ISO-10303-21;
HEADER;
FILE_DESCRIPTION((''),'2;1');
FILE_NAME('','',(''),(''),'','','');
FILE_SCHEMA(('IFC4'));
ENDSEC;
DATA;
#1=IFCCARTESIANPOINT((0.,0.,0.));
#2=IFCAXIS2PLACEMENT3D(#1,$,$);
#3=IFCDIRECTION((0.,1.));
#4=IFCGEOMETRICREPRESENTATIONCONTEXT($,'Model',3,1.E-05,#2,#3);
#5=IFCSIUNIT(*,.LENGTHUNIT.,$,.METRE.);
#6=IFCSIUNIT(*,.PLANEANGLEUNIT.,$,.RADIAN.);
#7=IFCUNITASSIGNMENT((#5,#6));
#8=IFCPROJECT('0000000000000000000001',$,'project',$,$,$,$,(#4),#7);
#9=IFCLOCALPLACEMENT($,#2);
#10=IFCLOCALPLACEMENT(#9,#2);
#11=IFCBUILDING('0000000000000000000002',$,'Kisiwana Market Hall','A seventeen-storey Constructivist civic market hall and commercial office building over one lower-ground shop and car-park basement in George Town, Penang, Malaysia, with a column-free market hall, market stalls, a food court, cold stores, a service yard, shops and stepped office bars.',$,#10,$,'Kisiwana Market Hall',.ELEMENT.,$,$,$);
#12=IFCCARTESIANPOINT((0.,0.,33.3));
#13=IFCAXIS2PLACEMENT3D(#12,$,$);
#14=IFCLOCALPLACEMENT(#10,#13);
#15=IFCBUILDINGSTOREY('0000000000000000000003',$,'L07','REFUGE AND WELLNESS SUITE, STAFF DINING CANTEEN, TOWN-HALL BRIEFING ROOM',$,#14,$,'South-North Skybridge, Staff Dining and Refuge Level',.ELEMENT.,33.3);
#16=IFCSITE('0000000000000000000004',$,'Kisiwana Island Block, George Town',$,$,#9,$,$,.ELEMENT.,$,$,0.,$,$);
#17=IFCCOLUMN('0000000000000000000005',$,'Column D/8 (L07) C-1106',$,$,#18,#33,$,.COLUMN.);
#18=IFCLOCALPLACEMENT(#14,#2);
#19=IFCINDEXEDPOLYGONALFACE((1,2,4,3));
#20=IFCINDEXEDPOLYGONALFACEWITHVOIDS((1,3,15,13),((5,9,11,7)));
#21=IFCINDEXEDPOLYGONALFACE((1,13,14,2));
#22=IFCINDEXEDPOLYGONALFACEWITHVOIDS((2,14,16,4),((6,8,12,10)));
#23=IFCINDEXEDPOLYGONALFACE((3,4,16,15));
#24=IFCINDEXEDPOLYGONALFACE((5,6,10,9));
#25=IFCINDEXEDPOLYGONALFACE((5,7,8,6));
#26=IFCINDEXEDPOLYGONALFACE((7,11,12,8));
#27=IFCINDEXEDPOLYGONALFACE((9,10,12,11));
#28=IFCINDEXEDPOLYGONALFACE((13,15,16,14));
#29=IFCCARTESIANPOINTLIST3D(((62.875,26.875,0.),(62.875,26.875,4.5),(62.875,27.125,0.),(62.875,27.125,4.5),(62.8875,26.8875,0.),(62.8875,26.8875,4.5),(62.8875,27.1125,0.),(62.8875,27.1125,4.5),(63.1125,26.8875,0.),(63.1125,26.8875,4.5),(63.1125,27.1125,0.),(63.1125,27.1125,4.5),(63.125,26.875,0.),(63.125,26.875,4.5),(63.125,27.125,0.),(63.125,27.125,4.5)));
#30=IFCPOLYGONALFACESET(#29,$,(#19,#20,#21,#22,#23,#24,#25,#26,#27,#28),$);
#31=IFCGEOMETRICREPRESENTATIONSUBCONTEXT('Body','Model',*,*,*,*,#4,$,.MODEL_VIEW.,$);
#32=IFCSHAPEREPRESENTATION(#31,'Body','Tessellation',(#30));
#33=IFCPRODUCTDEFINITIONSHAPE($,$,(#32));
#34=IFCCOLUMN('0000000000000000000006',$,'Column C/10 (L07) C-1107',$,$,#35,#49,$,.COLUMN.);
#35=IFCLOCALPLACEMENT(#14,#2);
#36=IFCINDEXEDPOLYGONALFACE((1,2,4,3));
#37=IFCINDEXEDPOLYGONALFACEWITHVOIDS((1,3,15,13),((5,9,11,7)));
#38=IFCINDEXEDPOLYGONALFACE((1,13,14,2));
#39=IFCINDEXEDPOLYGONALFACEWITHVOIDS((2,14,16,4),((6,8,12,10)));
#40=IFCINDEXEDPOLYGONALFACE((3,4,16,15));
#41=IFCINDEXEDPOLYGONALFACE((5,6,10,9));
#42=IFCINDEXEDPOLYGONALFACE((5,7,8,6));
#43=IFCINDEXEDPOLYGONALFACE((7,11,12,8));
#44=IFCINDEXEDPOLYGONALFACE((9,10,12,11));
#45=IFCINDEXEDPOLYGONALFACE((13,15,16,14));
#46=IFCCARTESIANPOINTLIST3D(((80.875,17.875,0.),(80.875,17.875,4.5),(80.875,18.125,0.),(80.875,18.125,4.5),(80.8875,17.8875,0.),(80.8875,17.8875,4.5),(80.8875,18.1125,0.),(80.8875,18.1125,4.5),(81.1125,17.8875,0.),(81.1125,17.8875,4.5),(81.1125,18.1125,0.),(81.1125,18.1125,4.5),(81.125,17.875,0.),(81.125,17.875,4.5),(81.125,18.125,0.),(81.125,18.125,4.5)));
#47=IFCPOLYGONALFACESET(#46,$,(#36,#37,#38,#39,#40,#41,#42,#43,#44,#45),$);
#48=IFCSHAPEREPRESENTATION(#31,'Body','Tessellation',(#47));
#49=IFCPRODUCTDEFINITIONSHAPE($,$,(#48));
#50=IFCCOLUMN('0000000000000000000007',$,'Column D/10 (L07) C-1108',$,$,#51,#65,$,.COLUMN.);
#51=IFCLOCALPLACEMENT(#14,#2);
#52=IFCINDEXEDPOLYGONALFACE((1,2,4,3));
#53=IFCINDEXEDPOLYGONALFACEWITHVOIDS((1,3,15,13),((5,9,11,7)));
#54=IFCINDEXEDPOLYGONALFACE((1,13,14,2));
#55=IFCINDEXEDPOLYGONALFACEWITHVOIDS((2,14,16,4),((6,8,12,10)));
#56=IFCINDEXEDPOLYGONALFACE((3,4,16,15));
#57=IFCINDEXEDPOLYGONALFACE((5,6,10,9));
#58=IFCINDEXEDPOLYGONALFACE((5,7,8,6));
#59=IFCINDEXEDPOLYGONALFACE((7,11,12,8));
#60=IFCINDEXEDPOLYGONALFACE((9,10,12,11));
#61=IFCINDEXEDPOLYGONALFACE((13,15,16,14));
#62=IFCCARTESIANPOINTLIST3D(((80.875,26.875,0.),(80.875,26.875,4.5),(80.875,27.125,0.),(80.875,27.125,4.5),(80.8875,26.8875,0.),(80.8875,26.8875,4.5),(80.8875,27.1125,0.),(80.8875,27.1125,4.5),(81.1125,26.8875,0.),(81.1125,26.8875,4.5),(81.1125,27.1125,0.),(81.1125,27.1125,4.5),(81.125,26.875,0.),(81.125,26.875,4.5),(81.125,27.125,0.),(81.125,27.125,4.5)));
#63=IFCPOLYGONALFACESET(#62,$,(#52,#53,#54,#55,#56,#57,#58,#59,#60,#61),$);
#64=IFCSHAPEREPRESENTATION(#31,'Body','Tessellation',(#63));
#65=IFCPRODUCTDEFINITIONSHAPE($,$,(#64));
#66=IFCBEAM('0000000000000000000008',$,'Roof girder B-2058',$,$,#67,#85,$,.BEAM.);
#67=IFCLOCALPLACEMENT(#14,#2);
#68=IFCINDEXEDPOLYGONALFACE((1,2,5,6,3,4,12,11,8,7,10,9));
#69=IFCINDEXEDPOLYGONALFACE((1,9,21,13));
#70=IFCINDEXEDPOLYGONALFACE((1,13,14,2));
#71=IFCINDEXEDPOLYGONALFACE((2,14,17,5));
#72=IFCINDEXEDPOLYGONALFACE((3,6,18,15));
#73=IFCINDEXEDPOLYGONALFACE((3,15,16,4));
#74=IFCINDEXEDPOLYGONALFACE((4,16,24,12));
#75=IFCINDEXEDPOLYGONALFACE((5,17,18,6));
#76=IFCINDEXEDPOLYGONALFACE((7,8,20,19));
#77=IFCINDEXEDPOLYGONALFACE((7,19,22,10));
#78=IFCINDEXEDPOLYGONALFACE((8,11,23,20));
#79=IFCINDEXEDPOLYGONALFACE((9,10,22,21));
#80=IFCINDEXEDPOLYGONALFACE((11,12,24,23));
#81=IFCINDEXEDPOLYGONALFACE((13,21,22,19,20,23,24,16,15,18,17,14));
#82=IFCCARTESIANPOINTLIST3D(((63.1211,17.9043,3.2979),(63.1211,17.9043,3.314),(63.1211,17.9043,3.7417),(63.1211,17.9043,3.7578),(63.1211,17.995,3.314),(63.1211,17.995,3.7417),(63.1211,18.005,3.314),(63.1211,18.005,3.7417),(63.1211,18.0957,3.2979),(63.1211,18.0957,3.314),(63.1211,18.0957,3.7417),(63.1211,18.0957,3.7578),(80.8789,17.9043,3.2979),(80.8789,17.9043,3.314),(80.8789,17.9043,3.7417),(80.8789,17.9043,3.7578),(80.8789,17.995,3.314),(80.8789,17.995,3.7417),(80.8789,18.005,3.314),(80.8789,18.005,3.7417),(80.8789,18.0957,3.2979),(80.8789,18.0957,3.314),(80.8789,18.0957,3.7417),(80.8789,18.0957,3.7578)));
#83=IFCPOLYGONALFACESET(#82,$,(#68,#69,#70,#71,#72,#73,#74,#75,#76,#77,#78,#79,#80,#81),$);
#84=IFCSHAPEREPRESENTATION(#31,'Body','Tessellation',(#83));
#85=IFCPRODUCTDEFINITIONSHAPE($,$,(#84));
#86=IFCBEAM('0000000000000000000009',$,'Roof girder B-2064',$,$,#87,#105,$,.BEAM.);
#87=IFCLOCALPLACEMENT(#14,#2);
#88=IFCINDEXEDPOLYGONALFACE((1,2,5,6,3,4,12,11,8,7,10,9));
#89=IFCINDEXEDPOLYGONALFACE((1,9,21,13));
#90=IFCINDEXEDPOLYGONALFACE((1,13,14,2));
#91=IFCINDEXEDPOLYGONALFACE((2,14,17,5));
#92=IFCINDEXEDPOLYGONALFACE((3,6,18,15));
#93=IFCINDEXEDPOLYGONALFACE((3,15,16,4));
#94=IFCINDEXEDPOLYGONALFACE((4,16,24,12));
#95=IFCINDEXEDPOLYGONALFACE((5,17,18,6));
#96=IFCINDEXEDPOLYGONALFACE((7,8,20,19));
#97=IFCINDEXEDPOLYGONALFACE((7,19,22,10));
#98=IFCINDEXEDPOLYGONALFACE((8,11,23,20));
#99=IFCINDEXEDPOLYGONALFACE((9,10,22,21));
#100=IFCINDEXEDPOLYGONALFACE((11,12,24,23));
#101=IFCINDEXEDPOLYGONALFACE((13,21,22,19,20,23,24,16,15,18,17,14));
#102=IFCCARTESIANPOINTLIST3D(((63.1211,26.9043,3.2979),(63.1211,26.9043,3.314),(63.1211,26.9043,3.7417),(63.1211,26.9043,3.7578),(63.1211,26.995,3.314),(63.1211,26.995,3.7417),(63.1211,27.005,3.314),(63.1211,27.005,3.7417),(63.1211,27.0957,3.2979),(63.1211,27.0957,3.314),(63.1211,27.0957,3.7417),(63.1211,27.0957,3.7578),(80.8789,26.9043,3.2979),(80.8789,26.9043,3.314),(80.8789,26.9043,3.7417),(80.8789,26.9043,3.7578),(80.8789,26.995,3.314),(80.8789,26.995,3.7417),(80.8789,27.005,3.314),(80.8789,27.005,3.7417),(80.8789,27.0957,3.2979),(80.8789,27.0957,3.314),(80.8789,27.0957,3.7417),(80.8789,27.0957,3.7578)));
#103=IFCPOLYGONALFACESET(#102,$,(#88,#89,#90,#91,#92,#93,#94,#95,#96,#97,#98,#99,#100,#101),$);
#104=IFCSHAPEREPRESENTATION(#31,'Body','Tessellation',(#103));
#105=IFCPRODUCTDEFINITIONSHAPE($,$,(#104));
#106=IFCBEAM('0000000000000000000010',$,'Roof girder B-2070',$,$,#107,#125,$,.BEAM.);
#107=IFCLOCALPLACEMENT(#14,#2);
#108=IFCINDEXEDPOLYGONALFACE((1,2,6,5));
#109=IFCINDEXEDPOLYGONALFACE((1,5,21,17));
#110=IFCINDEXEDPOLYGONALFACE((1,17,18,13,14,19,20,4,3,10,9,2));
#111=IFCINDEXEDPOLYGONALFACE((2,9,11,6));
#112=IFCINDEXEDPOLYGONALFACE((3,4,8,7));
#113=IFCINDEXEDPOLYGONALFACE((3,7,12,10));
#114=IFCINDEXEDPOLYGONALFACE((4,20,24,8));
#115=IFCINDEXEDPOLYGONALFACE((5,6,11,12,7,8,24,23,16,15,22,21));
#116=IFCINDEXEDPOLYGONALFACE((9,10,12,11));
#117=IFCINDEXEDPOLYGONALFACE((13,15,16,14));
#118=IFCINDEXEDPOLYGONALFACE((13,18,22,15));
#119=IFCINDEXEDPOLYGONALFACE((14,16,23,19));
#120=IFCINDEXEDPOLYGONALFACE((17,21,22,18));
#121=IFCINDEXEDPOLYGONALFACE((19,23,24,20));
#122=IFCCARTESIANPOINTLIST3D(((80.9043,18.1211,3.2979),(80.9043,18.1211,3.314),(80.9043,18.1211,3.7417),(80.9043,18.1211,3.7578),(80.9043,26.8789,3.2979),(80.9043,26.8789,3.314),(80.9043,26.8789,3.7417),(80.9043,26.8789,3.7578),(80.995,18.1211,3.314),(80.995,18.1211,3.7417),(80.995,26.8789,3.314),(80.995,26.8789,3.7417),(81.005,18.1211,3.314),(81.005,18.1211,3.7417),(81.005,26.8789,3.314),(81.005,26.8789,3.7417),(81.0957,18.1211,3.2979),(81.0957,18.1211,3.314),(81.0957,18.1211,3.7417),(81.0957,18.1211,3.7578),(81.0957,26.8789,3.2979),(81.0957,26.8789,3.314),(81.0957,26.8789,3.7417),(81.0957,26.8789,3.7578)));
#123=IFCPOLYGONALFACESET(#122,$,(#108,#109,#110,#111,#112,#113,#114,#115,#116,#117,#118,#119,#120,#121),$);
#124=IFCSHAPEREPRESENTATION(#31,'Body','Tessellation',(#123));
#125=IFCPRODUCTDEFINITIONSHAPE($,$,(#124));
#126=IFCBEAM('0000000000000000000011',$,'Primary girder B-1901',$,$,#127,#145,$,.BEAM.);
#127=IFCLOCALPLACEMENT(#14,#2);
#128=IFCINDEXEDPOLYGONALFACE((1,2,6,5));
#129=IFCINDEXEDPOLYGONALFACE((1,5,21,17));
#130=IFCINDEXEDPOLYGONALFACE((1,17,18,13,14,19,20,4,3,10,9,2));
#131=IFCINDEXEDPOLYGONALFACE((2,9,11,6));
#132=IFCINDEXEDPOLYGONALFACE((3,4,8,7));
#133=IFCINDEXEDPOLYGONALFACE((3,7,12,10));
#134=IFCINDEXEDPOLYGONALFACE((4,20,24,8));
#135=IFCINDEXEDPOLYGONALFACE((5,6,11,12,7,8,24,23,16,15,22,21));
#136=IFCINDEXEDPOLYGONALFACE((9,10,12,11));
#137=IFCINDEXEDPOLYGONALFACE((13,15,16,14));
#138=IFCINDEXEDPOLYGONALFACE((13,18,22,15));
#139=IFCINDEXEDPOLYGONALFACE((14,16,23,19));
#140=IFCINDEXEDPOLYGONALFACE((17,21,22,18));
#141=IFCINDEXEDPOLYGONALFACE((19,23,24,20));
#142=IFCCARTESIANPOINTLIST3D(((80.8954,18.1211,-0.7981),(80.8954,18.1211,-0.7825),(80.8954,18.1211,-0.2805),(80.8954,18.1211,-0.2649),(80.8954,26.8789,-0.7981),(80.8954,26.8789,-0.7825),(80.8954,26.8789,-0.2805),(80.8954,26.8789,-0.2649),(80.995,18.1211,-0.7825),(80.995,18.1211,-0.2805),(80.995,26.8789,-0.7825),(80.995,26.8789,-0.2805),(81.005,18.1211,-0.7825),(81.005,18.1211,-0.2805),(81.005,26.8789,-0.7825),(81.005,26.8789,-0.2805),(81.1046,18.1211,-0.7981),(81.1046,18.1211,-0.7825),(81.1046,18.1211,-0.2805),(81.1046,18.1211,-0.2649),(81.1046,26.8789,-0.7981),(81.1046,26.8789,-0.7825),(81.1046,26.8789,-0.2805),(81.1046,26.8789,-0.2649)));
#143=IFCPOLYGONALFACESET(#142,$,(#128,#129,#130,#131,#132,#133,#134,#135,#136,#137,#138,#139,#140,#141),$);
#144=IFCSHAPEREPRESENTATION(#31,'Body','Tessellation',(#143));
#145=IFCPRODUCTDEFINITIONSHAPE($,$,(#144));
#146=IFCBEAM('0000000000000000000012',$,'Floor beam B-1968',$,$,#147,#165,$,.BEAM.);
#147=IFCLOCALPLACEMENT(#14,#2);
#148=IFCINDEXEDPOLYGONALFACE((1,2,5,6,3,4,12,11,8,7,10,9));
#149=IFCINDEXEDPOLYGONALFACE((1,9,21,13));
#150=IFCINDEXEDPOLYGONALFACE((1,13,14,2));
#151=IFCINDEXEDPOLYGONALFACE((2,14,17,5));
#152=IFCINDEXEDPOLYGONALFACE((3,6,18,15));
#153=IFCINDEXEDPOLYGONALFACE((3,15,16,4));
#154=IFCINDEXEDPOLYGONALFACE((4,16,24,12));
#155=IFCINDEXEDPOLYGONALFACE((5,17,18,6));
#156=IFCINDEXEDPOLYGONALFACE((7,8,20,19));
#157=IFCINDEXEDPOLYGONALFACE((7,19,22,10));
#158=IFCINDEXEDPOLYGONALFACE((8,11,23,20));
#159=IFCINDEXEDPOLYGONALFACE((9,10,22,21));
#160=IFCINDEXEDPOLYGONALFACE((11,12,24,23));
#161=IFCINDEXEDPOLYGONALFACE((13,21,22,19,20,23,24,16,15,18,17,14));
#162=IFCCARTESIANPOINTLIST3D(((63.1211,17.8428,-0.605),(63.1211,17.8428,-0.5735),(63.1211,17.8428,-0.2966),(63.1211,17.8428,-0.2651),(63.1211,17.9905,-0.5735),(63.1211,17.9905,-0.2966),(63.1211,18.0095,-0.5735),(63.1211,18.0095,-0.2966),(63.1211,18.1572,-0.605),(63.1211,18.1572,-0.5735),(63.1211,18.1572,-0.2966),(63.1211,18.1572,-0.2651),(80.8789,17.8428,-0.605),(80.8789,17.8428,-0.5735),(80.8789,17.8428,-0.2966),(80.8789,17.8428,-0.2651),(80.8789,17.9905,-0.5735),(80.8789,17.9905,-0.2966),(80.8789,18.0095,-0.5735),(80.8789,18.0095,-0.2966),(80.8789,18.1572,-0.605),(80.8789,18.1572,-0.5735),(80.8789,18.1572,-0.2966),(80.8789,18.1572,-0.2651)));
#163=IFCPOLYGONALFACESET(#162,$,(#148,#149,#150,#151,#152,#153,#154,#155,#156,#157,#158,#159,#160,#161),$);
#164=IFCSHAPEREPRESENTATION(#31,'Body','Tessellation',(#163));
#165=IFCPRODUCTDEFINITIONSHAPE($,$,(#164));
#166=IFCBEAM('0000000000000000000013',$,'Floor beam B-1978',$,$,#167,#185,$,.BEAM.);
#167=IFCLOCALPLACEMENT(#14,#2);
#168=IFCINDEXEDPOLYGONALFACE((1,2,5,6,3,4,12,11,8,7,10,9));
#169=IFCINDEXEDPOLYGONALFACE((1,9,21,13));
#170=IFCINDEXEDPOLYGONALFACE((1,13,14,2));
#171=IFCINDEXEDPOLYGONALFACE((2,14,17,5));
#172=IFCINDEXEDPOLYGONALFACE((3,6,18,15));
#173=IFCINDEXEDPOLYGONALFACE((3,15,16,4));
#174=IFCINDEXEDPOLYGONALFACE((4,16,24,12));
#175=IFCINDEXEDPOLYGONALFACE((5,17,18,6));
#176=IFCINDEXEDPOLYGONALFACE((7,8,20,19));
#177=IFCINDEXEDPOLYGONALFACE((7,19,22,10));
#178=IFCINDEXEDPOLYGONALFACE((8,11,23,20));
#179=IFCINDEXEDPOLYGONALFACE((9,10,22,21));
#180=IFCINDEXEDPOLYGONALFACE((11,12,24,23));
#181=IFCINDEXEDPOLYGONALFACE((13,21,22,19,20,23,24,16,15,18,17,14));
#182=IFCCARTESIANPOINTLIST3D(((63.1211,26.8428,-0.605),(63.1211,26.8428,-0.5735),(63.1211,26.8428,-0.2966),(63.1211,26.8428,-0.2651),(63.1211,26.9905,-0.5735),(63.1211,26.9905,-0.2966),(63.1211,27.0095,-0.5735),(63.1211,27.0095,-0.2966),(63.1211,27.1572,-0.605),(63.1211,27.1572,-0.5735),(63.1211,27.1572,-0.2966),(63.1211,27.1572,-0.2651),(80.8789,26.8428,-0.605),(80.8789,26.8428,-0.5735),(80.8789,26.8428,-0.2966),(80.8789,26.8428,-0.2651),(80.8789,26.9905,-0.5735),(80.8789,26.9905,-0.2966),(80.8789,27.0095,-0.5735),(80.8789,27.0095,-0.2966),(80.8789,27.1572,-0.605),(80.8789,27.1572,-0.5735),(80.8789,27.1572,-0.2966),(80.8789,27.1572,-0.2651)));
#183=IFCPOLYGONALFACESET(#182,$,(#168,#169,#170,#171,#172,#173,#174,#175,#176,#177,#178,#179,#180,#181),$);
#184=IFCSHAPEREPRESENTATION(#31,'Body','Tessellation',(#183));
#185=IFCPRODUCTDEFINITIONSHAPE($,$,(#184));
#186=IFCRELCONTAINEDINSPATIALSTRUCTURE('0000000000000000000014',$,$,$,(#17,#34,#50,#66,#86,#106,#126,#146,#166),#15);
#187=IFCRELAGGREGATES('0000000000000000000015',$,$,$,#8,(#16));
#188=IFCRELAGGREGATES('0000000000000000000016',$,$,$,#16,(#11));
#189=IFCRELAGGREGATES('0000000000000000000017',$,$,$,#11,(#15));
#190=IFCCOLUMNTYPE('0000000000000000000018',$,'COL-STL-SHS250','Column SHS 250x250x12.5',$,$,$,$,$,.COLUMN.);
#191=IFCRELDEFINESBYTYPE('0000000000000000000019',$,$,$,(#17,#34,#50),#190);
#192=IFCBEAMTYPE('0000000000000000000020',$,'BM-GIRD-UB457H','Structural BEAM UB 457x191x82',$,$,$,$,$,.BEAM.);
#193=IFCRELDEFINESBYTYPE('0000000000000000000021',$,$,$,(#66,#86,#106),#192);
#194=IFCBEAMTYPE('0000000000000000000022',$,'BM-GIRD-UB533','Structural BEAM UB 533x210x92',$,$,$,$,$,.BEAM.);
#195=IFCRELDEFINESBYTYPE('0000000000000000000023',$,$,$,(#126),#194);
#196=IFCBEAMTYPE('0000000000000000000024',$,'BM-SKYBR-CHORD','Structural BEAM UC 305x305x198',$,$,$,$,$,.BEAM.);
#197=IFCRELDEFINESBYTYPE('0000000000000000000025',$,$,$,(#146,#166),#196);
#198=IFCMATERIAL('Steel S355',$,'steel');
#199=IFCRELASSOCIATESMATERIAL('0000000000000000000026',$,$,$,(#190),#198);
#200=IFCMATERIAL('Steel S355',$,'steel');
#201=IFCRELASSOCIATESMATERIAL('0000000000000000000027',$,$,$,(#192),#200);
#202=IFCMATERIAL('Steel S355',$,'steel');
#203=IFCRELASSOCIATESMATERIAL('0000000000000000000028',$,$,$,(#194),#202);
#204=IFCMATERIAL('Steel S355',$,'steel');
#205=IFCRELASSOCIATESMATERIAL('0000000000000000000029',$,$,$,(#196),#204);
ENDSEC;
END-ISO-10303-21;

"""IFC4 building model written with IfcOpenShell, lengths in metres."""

from ifc_helpers import new_model, si_unit, direction, frame, origin, origin_2d, place, context, subcontext, project, spatial, hollow_rectangle, i_section, extrude, material, material_profile, profile_set, type_object, element, save


model = new_model("IFC4")

# Units and contexts
model_context = context("Model", 3, precision=1e-05, world=origin(), true_north=direction((0.0, 1.0)))
body_context = subcontext(model_context, "Body", "Model", "MODEL_VIEW")
ifc_project = project(units=[si_unit("LENGTHUNIT", "METRE"), si_unit("PLANEANGLEUNIT", "RADIAN")], contexts=[model_context])

# Site, building, storey
site_placement = place(None, origin())
site = spatial("IfcSite", under=ifc_project, at=site_placement, Name="Kisiwana Island Block, George Town", CompositionType="ELEMENT", RefElevation=0.0)
building_placement = place(site_placement, origin())
building = spatial("IfcBuilding", under=site, at=building_placement, Name="Kisiwana Market Hall", Description="A seventeen-storey Constructivist civic market hall and commercial office building over one lower-ground shop and car-park basement in George Town, Penang, Malaysia, with a column-free market hall, market stalls, a food court, cold stores, a service yard, shops and stepped office bars.", LongName="Kisiwana Market Hall", CompositionType="ELEMENT")
storey_placement = place(building_placement, frame((0.0, 0.0, 33.3)))
storey = spatial("IfcBuildingStorey", under=building, at=storey_placement, Name="L07", Description="REFUGE AND WELLNESS SUITE, STAFF DINING CANTEEN, TOWN-HALL BRIEFING ROOM", LongName="South-North Skybridge, Staff Dining and Refuge Level", CompositionType="ELEMENT", Elevation=33.3)

# Columns
ifc_material_1 = material(Name="Steel S355", Category="steel")
ifc_material_profile_1 = material_profile(ifc_material_1, hollow_rectangle(XDim=0.25, YDim=0.25, WallThickness=0.0125, at=origin_2d()), Name="SHS 250x250x12.5")
ifc_profile_set_1 = profile_set([ifc_material_profile_1], Name="Steel S355")
column_type = type_object("IfcColumnType", Name="COL-STL-SHS250", Description="Column SHS 250x250x12.5", PredefinedType="COLUMN", material=ifc_profile_set_1)
for number, where, z_axis, x_axis, name in (
    (1, (63.0, 27.0, 0.0), (0.0, 0.0, 1.0), (1.0, 0.0, 0.0), "Column D/8 (L07) C-1106"),
    (2, (81.0, 18.0, 0.0), (0.0, 0.0, 1.0), (1.0, 0.0, 0.0), "Column C/10 (L07) C-1107"),
    (3, (81.0, 27.0, 0.0), (0.0, 0.0, 1.0), (1.0, 0.0, 0.0), "Column D/10 (L07) C-1108"),
):
    element("IfcColumn", number, at=place(storey_placement, frame(where, z_axis=z_axis, x_axis=x_axis)), inside=storey, type_object=column_type, Name=name, PredefinedType="COLUMN", context=body_context, shape_type="SweptSolid", body=[
        extrude(hollow_rectangle(XDim=0.25, YDim=0.25, WallThickness=0.0125, at=origin_2d()), origin(), (0.0, 0.0, 1.0), 4.5),
    ])

# Beams
ifc_material_2 = material(Name="Steel S355", Category="steel")
ifc_material_profile_2 = material_profile(ifc_material_2, i_section(OverallWidth=0.1914, OverallDepth=0.46, WebThickness=0.01, FlangeThickness=0.0161, at=origin_2d()), Name="UB 457x191x82")
ifc_profile_set_2 = profile_set([ifc_material_profile_2], Name="Steel S355")
beam_type_1 = type_object("IfcBeamType", Name="BM-GIRD-UB457H", Description="Structural BEAM UB 457x191x82", PredefinedType="BEAM", material=ifc_profile_set_2)
for number, where, z_axis, x_axis, name in (
    (4, (63.1211, 18.0, 3.5278), (1.0, 0.0, 0.0), (0.0, 1.0, 0.0), "Roof girder B-2058"),
    (5, (63.1211, 27.0, 3.5278), (1.0, 0.0, 0.0), (0.0, 1.0, 0.0), "Roof girder B-2064"),
):
    element("IfcBeam", number, at=place(storey_placement, frame(where, z_axis=z_axis, x_axis=x_axis)), inside=storey, type_object=beam_type_1, Name=name, PredefinedType="BEAM", context=body_context, shape_type="SweptSolid", body=[
        extrude(i_section(OverallWidth=0.1914, OverallDepth=0.46, WebThickness=0.01, FlangeThickness=0.0161, at=origin_2d()), origin(), (0.0, 0.0, 1.0), 17.7578),
    ])
beam_1_placement = place(storey_placement, frame((81.0, 18.1211, 3.5278), z_axis=(0.0, 1.0, 0.0), x_axis=(-1.0, 0.0, 0.0)))
element("IfcBeam", 6, at=beam_1_placement, inside=storey, type_object=beam_type_1, Name="Roof girder B-2070", PredefinedType="BEAM", context=body_context, shape_type="SweptSolid", body=[
    extrude(i_section(OverallWidth=0.1914, OverallDepth=0.46, WebThickness=0.01, FlangeThickness=0.0161, at=origin_2d()), origin(), (0.0, 0.0, 1.0), 8.7578),
])
ifc_material_3 = material(Name="Steel S355", Category="steel")
ifc_material_profile_3 = material_profile(ifc_material_3, i_section(OverallWidth=0.2092, OverallDepth=0.5332, WebThickness=0.01, FlangeThickness=0.0156, at=origin_2d()), Name="UB 533x210x92")
ifc_profile_set_3 = profile_set([ifc_material_profile_3], Name="Steel S355")
beam_type_2 = type_object("IfcBeamType", Name="BM-GIRD-UB533", Description="Structural BEAM UB 533x210x92", PredefinedType="BEAM", material=ifc_profile_set_3)
beam_2_placement = place(storey_placement, frame((81.0, 18.1211, -0.5315), z_axis=(0.0, 1.0, 0.0), x_axis=(-1.0, 0.0, 0.0)))
element("IfcBeam", 7, at=beam_2_placement, inside=storey, type_object=beam_type_2, Name="Primary girder B-1901", PredefinedType="BEAM", context=body_context, shape_type="SweptSolid", body=[
    extrude(i_section(OverallWidth=0.2092, OverallDepth=0.5332, WebThickness=0.01, FlangeThickness=0.0156, at=origin_2d()), origin(), (0.0, 0.0, 1.0), 8.7578),
])
ifc_material_4 = material(Name="Steel S355", Category="steel")
ifc_material_profile_4 = material_profile(ifc_material_4, i_section(OverallWidth=0.3145, OverallDepth=0.3398, WebThickness=0.019, FlangeThickness=0.0315, at=origin_2d()), Name="UC 305x305x198")
ifc_profile_set_4 = profile_set([ifc_material_profile_4], Name="Steel S355")
beam_type_3 = type_object("IfcBeamType", Name="BM-SKYBR-CHORD", Description="Structural BEAM UC 305x305x198", PredefinedType="BEAM", material=ifc_profile_set_4)
for number, where, z_axis, x_axis, name in (
    (8, (63.1211, 18.0, -0.4351), (1.0, 0.0, 0.0), (0.0, 1.0, 0.0), "Floor beam B-1968"),
    (9, (63.1211, 27.0, -0.4351), (1.0, 0.0, 0.0), (0.0, 1.0, 0.0), "Floor beam B-1978"),
):
    element("IfcBeam", number, at=place(storey_placement, frame(where, z_axis=z_axis, x_axis=x_axis)), inside=storey, type_object=beam_type_3, Name=name, PredefinedType="BEAM", context=body_context, shape_type="SweptSolid", body=[
        extrude(i_section(OverallWidth=0.3145, OverallDepth=0.3398, WebThickness=0.019, FlangeThickness=0.0315, at=origin_2d()), origin(), (0.0, 0.0, 1.0), 17.7578),
    ])

save(model, "model.ifc")
